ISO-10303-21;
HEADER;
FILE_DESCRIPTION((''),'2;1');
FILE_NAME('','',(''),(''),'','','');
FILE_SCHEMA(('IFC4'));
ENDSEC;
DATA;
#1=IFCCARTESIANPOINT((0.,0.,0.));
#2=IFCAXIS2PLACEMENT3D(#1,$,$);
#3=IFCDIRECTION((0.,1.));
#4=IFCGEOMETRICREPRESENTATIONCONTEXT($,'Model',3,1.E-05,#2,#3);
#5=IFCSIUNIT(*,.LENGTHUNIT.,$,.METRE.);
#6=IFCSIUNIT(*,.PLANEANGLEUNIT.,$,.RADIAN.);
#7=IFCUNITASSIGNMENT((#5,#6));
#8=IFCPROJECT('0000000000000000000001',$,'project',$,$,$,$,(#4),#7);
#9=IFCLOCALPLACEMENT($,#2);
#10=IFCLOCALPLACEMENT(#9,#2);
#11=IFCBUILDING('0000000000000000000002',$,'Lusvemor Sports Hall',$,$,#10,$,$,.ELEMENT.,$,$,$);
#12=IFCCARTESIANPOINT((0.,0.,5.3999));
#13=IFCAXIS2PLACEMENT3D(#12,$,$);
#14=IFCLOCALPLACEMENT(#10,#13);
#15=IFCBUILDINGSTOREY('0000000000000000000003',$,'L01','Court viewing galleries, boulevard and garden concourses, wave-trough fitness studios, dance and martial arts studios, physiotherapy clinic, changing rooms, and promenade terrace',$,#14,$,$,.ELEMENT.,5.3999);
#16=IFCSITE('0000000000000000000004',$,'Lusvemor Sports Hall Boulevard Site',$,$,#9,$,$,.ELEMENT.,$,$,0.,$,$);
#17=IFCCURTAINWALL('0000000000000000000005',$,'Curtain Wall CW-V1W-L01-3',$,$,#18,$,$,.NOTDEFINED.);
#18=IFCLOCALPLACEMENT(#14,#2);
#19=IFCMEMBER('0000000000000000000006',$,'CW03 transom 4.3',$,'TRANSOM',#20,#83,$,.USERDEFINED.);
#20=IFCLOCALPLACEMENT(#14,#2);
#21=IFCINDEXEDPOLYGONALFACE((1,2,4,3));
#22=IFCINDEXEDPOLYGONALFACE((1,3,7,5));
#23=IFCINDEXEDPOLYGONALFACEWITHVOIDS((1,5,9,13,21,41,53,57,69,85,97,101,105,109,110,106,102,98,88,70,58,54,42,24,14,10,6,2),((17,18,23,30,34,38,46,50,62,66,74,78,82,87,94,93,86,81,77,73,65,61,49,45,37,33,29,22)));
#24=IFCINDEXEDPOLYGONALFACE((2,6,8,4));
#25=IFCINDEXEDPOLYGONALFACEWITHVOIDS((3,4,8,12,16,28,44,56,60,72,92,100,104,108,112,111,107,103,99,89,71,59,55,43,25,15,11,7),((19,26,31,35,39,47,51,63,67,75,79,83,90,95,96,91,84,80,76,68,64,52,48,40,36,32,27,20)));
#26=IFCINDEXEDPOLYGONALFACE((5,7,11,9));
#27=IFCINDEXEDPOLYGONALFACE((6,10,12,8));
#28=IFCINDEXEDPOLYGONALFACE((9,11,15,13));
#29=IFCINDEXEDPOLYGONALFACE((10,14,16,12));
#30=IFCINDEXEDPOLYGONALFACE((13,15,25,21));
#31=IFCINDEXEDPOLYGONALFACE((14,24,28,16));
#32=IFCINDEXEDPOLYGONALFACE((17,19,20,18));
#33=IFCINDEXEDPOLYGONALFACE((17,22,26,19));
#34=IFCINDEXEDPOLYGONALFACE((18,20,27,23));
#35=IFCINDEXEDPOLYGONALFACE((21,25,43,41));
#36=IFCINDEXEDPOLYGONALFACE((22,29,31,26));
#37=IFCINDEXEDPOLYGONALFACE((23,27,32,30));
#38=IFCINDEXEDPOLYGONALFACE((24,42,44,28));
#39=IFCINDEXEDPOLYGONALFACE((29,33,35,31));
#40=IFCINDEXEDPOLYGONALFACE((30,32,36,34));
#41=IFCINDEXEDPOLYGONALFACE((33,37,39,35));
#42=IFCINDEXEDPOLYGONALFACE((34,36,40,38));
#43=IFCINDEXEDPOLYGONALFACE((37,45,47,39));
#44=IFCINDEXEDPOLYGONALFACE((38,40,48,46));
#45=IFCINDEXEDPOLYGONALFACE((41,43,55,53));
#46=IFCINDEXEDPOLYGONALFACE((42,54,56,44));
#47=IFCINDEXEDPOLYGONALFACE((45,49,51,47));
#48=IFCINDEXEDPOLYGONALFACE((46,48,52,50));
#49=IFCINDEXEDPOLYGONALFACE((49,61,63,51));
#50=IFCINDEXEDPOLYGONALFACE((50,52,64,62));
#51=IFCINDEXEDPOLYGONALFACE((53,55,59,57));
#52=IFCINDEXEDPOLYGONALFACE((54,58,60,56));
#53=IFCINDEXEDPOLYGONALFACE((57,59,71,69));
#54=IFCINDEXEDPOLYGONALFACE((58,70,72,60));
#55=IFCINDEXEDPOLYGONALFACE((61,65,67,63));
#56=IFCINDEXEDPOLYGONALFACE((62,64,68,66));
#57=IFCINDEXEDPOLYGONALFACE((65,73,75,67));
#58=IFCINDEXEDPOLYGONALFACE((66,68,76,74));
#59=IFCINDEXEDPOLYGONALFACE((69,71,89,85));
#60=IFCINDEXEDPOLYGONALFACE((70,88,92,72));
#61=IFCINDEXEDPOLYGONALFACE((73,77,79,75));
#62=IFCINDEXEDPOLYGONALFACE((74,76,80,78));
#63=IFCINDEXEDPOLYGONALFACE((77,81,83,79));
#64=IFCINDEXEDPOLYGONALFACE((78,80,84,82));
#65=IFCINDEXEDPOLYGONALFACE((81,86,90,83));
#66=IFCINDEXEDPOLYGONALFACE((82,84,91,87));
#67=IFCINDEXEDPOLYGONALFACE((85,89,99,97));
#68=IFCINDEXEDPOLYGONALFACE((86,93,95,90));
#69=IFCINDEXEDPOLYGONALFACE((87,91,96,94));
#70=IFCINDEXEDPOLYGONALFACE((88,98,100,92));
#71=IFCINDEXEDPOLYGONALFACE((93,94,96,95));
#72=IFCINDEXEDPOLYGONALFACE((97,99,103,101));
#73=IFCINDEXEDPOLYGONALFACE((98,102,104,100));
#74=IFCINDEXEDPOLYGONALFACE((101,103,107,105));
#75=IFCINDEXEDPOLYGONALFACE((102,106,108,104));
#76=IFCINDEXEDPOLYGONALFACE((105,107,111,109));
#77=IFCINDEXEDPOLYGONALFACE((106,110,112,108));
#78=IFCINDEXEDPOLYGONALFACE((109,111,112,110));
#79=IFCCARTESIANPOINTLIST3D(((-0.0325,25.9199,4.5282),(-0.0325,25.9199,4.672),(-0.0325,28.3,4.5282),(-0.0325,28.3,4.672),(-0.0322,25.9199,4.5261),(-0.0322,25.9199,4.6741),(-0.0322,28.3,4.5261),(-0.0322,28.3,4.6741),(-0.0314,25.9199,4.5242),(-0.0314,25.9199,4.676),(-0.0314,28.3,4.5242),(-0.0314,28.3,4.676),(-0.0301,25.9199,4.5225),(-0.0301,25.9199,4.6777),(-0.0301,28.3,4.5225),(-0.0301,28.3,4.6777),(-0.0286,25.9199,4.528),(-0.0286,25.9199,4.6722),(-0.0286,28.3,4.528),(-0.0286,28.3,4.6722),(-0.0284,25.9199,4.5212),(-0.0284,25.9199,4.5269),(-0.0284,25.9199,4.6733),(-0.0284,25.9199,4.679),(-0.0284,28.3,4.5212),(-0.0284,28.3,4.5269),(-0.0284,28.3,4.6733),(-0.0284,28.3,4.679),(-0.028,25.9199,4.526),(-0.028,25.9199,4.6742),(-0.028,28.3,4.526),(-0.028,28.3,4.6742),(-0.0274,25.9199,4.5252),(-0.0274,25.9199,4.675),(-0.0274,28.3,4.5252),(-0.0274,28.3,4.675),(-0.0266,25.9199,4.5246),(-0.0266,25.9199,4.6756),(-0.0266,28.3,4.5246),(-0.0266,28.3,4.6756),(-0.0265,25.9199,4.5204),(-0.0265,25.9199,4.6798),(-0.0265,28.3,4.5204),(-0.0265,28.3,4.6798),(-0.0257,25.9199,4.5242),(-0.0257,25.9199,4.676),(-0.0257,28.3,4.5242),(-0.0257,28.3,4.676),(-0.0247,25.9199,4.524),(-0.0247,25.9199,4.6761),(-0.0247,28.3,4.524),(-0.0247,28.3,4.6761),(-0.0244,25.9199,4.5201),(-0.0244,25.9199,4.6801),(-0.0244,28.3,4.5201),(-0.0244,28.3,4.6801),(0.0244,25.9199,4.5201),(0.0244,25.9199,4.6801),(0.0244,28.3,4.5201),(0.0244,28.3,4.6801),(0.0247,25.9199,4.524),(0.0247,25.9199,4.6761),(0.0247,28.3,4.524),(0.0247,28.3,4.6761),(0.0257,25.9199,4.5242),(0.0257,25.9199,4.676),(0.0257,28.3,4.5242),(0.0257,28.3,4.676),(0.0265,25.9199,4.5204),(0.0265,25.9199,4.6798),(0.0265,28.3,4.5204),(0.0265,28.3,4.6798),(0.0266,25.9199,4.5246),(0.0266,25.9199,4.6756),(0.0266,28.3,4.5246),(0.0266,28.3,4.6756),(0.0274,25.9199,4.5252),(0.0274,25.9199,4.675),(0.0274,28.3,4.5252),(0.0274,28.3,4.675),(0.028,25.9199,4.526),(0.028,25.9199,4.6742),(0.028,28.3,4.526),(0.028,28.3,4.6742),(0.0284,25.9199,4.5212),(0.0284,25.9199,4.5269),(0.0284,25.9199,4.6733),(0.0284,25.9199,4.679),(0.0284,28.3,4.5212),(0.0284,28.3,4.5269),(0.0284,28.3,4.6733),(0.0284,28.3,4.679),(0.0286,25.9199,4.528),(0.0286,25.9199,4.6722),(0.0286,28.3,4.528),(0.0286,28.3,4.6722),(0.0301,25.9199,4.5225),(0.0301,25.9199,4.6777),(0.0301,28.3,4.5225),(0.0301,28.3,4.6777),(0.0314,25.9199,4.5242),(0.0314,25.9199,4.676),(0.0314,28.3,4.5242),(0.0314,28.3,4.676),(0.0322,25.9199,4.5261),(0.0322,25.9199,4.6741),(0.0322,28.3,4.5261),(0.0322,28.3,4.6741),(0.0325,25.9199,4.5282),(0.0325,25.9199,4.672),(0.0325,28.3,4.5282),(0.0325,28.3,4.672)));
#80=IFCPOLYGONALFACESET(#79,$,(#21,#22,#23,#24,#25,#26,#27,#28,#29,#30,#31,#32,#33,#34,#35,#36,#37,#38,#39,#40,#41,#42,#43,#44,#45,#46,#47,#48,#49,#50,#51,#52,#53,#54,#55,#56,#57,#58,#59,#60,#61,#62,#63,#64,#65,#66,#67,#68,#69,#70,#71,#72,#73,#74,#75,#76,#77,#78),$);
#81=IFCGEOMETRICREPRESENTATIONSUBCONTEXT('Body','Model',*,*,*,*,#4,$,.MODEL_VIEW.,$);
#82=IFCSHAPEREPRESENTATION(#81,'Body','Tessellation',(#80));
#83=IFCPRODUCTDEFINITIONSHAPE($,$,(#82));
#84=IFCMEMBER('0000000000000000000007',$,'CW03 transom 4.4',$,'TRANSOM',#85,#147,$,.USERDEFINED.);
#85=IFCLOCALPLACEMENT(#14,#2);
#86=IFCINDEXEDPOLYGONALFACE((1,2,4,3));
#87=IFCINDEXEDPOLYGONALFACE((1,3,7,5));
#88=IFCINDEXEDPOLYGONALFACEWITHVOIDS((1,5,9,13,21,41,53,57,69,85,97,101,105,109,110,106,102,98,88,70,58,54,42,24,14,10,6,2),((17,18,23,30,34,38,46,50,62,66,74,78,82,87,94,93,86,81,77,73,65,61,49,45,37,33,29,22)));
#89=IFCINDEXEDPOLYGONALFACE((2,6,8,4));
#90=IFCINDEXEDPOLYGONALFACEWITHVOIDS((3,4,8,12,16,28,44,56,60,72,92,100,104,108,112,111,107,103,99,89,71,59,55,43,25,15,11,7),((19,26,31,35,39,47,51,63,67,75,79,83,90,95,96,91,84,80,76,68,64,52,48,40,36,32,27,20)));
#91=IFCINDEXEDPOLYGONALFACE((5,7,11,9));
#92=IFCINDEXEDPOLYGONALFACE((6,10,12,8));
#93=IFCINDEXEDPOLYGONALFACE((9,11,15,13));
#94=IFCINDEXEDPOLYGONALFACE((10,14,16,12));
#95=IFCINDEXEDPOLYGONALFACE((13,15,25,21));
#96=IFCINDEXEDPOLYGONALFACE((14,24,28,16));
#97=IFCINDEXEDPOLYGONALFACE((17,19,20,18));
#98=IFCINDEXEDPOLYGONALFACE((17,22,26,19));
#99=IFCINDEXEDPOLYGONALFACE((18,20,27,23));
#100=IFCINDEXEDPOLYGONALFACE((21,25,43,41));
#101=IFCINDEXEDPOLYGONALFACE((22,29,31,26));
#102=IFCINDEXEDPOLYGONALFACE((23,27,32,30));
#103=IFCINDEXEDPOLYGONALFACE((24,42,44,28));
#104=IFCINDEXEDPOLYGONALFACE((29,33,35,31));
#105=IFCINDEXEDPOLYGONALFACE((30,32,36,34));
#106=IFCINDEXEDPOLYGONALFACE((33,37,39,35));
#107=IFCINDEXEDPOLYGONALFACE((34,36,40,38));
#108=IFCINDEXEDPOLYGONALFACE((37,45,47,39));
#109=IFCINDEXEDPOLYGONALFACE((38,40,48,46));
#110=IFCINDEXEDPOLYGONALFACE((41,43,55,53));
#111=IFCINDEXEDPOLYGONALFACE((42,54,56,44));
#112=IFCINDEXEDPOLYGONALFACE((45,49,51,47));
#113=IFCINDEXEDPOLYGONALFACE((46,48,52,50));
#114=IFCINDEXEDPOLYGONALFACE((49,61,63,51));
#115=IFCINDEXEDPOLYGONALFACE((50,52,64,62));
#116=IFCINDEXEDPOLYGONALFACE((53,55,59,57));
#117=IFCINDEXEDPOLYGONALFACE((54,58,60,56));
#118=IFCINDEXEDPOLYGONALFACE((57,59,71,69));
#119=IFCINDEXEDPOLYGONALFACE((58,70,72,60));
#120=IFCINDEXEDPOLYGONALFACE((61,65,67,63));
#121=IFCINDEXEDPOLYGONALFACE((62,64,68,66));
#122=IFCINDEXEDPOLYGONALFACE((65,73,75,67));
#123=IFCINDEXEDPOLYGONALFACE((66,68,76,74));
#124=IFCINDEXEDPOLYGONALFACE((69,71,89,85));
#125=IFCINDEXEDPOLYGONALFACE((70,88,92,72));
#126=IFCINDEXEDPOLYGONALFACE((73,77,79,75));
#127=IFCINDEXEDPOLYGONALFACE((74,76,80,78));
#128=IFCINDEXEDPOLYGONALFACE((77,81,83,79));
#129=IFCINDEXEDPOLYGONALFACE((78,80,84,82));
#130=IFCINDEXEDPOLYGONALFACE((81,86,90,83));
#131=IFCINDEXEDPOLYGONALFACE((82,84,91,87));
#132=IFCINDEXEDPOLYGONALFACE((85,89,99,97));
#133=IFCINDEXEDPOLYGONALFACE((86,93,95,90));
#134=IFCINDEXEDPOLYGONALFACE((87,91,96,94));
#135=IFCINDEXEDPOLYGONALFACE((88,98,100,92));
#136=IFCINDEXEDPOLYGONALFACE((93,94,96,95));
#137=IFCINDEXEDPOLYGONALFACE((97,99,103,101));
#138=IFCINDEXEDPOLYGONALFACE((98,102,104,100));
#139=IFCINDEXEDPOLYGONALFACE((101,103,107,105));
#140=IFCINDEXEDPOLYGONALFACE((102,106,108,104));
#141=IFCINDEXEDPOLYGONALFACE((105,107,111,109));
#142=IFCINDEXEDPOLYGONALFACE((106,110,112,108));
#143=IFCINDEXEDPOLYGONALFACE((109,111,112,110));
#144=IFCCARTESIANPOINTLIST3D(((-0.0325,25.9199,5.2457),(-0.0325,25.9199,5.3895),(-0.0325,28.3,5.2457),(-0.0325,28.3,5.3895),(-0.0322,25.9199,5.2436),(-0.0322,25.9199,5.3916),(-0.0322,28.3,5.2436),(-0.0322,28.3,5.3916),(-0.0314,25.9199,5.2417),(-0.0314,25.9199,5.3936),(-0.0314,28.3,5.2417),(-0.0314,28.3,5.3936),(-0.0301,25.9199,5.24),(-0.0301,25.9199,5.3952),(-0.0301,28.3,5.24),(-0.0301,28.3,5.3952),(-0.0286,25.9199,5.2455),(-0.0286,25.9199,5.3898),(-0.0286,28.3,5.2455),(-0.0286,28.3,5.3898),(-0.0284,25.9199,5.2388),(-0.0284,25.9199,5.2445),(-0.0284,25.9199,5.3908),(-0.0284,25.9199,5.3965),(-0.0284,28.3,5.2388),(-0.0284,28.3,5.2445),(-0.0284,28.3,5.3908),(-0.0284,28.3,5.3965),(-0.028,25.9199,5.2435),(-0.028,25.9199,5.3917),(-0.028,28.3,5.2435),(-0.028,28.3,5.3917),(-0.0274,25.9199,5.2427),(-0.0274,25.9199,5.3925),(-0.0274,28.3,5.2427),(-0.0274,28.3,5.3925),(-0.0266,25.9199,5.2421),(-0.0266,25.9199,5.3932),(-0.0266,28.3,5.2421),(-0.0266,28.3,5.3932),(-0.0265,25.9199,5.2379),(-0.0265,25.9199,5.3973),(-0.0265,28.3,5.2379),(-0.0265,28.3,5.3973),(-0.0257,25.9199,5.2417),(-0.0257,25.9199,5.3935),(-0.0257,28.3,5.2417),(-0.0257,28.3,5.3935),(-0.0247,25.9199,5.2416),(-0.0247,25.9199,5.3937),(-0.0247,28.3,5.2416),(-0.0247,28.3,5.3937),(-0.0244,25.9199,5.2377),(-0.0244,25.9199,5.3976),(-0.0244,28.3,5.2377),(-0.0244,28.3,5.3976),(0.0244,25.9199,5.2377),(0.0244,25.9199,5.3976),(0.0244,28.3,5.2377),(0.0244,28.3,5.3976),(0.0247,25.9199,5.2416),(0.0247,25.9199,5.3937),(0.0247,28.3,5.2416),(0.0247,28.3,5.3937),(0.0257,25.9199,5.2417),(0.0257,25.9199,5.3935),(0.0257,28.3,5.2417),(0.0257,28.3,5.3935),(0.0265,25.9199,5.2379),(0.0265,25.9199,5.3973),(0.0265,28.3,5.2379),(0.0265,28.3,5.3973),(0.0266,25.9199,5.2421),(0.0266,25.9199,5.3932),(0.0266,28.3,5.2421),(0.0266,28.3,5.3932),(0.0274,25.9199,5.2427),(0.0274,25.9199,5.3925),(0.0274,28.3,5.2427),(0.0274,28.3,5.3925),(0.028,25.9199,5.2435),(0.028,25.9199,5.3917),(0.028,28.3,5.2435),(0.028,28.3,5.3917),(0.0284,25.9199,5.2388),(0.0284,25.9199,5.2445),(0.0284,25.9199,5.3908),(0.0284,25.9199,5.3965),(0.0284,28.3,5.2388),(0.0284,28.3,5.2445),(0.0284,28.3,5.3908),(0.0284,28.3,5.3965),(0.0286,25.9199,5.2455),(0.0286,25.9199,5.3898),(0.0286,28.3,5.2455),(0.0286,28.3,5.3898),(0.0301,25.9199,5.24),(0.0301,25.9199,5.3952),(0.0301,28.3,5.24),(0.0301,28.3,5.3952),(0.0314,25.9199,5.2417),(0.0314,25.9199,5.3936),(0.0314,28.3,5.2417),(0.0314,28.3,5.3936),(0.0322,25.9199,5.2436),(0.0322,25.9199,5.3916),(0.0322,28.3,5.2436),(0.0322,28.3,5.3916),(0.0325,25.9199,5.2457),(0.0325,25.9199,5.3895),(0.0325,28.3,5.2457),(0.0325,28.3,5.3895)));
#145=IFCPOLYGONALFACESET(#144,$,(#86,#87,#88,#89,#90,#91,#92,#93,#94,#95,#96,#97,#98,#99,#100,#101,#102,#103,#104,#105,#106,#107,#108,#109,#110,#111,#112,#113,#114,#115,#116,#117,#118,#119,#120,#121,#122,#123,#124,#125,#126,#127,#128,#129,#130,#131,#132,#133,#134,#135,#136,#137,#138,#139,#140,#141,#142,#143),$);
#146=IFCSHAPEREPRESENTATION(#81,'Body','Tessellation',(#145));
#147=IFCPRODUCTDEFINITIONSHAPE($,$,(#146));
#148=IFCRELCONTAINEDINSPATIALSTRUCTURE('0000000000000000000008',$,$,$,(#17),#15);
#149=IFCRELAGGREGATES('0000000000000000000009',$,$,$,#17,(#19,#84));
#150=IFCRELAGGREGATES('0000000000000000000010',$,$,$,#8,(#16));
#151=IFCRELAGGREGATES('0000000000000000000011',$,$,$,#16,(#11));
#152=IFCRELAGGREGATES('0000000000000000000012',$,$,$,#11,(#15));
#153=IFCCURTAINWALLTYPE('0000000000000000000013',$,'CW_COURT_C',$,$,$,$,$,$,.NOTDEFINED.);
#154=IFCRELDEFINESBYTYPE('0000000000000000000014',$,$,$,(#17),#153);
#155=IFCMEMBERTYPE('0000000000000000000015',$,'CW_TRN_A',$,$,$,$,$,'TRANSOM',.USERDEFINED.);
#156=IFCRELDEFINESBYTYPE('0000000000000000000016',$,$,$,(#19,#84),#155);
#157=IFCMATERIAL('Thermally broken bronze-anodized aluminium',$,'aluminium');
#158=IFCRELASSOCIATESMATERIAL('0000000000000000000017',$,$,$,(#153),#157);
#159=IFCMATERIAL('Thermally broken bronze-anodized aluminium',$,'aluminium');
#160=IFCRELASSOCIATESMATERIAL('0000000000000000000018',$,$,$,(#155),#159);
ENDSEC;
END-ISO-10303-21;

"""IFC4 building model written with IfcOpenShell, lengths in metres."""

from ifc_helpers import new_model, si_unit, direction, frame, origin, origin_2d, place, context, subcontext, project, spatial, hollow_rectangle, extrude, material, material_profile, profile_set, type_object, element, aggregate, save


model = new_model("IFC4")

# Units and contexts
model_context = context("Model", 3, precision=1e-05, world=origin(), true_north=direction((0.0, 1.0)))
body_context = subcontext(model_context, "Body", "Model", "MODEL_VIEW")
ifc_project = project(units=[si_unit("LENGTHUNIT", "METRE"), si_unit("PLANEANGLEUNIT", "RADIAN")], contexts=[model_context])

# Site, building, storey
site_placement = place(None, origin())
site = spatial("IfcSite", under=ifc_project, at=site_placement, Name="Lusvemor Sports Hall Boulevard Site", CompositionType="ELEMENT", RefElevation=0.0)
building_placement = place(site_placement, origin())
building = spatial("IfcBuilding", under=site, at=building_placement, Name="Lusvemor Sports Hall", CompositionType="ELEMENT")
storey_placement = place(building_placement, frame((0.0, 0.0, 5.3999)))
storey = spatial("IfcBuildingStorey", under=building, at=storey_placement, Name="L01", Description="Court viewing galleries, boulevard and garden concourses, wave-trough fitness studios, dance and martial arts studios, physiotherapy clinic, changing rooms, and promenade terrace", CompositionType="ELEMENT", Elevation=5.3999)

# Curtain wall
ifc_material_1 = material(Name="Thermally broken bronze-anodized aluminium", Category="aluminium")
curtain_wall_type = type_object("IfcCurtainWallType", Name="CW_COURT_C", PredefinedType="NOTDEFINED", material=ifc_material_1)
curtain_wall_1_placement = place(storey_placement, origin())
curtain_wall_1 = element("IfcCurtainWall", 1, at=curtain_wall_1_placement, inside=storey, type_object=curtain_wall_type, Name="Curtain Wall CW-V1W-L01-3", PredefinedType="NOTDEFINED")

# Members
ifc_material_2 = material(Name="Thermally broken bronze-anodized aluminium", Category="aluminium")
ifc_material_profile_1 = material_profile(ifc_material_2, hollow_rectangle(XDim=0.0649, YDim=0.1599, WallThickness=0.0039, InnerFilletRadius=0.0039, OuterFilletRadius=0.0081, at=origin_2d()), Name="CWTRN160x65x4")
ifc_profile_set_1 = profile_set([ifc_material_profile_1], Name="Thermally broken bronze-anodized aluminium")
member_type_1 = type_object("IfcMemberType", Name="CW_TRN_A", ElementType="TRANSOM", PredefinedType="USERDEFINED", material=ifc_profile_set_1)
member_1_placement = place(storey_placement, frame((0.0, 25.9199, 4.6001), z_axis=(0.0, 1.0, 0.0), x_axis=(-1.0, 0.0, 0.0)))
member_1 = element("IfcMember", 2, at=member_1_placement, type_object=member_type_1, Name="CW03 transom 4.3", ObjectType="TRANSOM", PredefinedType="USERDEFINED", context=body_context, shape_type="SweptSolid", body=[
    extrude(hollow_rectangle(XDim=0.0649, YDim=0.1599, WallThickness=0.0039, InnerFilletRadius=0.0039, OuterFilletRadius=0.0081, at=origin_2d()), origin(), (0.0, 0.0, 1.0), 2.3801),
])
member_2_placement = place(storey_placement, frame((0.0, 25.9199, 5.3176), z_axis=(0.0, 1.0, 0.0), x_axis=(-1.0, 0.0, 0.0)))
member_2 = element("IfcMember", 3, at=member_2_placement, type_object=member_type_1, Name="CW03 transom 4.4", ObjectType="TRANSOM", PredefinedType="USERDEFINED", context=body_context, shape_type="SweptSolid", body=[
    extrude(hollow_rectangle(XDim=0.0649, YDim=0.1599, WallThickness=0.0039, InnerFilletRadius=0.0039, OuterFilletRadius=0.0081, at=origin_2d()), origin(), (0.0, 0.0, 1.0), 2.3801),
])

aggregate(curtain_wall_1, [member_1, member_2])

save(model, "model.ifc")
